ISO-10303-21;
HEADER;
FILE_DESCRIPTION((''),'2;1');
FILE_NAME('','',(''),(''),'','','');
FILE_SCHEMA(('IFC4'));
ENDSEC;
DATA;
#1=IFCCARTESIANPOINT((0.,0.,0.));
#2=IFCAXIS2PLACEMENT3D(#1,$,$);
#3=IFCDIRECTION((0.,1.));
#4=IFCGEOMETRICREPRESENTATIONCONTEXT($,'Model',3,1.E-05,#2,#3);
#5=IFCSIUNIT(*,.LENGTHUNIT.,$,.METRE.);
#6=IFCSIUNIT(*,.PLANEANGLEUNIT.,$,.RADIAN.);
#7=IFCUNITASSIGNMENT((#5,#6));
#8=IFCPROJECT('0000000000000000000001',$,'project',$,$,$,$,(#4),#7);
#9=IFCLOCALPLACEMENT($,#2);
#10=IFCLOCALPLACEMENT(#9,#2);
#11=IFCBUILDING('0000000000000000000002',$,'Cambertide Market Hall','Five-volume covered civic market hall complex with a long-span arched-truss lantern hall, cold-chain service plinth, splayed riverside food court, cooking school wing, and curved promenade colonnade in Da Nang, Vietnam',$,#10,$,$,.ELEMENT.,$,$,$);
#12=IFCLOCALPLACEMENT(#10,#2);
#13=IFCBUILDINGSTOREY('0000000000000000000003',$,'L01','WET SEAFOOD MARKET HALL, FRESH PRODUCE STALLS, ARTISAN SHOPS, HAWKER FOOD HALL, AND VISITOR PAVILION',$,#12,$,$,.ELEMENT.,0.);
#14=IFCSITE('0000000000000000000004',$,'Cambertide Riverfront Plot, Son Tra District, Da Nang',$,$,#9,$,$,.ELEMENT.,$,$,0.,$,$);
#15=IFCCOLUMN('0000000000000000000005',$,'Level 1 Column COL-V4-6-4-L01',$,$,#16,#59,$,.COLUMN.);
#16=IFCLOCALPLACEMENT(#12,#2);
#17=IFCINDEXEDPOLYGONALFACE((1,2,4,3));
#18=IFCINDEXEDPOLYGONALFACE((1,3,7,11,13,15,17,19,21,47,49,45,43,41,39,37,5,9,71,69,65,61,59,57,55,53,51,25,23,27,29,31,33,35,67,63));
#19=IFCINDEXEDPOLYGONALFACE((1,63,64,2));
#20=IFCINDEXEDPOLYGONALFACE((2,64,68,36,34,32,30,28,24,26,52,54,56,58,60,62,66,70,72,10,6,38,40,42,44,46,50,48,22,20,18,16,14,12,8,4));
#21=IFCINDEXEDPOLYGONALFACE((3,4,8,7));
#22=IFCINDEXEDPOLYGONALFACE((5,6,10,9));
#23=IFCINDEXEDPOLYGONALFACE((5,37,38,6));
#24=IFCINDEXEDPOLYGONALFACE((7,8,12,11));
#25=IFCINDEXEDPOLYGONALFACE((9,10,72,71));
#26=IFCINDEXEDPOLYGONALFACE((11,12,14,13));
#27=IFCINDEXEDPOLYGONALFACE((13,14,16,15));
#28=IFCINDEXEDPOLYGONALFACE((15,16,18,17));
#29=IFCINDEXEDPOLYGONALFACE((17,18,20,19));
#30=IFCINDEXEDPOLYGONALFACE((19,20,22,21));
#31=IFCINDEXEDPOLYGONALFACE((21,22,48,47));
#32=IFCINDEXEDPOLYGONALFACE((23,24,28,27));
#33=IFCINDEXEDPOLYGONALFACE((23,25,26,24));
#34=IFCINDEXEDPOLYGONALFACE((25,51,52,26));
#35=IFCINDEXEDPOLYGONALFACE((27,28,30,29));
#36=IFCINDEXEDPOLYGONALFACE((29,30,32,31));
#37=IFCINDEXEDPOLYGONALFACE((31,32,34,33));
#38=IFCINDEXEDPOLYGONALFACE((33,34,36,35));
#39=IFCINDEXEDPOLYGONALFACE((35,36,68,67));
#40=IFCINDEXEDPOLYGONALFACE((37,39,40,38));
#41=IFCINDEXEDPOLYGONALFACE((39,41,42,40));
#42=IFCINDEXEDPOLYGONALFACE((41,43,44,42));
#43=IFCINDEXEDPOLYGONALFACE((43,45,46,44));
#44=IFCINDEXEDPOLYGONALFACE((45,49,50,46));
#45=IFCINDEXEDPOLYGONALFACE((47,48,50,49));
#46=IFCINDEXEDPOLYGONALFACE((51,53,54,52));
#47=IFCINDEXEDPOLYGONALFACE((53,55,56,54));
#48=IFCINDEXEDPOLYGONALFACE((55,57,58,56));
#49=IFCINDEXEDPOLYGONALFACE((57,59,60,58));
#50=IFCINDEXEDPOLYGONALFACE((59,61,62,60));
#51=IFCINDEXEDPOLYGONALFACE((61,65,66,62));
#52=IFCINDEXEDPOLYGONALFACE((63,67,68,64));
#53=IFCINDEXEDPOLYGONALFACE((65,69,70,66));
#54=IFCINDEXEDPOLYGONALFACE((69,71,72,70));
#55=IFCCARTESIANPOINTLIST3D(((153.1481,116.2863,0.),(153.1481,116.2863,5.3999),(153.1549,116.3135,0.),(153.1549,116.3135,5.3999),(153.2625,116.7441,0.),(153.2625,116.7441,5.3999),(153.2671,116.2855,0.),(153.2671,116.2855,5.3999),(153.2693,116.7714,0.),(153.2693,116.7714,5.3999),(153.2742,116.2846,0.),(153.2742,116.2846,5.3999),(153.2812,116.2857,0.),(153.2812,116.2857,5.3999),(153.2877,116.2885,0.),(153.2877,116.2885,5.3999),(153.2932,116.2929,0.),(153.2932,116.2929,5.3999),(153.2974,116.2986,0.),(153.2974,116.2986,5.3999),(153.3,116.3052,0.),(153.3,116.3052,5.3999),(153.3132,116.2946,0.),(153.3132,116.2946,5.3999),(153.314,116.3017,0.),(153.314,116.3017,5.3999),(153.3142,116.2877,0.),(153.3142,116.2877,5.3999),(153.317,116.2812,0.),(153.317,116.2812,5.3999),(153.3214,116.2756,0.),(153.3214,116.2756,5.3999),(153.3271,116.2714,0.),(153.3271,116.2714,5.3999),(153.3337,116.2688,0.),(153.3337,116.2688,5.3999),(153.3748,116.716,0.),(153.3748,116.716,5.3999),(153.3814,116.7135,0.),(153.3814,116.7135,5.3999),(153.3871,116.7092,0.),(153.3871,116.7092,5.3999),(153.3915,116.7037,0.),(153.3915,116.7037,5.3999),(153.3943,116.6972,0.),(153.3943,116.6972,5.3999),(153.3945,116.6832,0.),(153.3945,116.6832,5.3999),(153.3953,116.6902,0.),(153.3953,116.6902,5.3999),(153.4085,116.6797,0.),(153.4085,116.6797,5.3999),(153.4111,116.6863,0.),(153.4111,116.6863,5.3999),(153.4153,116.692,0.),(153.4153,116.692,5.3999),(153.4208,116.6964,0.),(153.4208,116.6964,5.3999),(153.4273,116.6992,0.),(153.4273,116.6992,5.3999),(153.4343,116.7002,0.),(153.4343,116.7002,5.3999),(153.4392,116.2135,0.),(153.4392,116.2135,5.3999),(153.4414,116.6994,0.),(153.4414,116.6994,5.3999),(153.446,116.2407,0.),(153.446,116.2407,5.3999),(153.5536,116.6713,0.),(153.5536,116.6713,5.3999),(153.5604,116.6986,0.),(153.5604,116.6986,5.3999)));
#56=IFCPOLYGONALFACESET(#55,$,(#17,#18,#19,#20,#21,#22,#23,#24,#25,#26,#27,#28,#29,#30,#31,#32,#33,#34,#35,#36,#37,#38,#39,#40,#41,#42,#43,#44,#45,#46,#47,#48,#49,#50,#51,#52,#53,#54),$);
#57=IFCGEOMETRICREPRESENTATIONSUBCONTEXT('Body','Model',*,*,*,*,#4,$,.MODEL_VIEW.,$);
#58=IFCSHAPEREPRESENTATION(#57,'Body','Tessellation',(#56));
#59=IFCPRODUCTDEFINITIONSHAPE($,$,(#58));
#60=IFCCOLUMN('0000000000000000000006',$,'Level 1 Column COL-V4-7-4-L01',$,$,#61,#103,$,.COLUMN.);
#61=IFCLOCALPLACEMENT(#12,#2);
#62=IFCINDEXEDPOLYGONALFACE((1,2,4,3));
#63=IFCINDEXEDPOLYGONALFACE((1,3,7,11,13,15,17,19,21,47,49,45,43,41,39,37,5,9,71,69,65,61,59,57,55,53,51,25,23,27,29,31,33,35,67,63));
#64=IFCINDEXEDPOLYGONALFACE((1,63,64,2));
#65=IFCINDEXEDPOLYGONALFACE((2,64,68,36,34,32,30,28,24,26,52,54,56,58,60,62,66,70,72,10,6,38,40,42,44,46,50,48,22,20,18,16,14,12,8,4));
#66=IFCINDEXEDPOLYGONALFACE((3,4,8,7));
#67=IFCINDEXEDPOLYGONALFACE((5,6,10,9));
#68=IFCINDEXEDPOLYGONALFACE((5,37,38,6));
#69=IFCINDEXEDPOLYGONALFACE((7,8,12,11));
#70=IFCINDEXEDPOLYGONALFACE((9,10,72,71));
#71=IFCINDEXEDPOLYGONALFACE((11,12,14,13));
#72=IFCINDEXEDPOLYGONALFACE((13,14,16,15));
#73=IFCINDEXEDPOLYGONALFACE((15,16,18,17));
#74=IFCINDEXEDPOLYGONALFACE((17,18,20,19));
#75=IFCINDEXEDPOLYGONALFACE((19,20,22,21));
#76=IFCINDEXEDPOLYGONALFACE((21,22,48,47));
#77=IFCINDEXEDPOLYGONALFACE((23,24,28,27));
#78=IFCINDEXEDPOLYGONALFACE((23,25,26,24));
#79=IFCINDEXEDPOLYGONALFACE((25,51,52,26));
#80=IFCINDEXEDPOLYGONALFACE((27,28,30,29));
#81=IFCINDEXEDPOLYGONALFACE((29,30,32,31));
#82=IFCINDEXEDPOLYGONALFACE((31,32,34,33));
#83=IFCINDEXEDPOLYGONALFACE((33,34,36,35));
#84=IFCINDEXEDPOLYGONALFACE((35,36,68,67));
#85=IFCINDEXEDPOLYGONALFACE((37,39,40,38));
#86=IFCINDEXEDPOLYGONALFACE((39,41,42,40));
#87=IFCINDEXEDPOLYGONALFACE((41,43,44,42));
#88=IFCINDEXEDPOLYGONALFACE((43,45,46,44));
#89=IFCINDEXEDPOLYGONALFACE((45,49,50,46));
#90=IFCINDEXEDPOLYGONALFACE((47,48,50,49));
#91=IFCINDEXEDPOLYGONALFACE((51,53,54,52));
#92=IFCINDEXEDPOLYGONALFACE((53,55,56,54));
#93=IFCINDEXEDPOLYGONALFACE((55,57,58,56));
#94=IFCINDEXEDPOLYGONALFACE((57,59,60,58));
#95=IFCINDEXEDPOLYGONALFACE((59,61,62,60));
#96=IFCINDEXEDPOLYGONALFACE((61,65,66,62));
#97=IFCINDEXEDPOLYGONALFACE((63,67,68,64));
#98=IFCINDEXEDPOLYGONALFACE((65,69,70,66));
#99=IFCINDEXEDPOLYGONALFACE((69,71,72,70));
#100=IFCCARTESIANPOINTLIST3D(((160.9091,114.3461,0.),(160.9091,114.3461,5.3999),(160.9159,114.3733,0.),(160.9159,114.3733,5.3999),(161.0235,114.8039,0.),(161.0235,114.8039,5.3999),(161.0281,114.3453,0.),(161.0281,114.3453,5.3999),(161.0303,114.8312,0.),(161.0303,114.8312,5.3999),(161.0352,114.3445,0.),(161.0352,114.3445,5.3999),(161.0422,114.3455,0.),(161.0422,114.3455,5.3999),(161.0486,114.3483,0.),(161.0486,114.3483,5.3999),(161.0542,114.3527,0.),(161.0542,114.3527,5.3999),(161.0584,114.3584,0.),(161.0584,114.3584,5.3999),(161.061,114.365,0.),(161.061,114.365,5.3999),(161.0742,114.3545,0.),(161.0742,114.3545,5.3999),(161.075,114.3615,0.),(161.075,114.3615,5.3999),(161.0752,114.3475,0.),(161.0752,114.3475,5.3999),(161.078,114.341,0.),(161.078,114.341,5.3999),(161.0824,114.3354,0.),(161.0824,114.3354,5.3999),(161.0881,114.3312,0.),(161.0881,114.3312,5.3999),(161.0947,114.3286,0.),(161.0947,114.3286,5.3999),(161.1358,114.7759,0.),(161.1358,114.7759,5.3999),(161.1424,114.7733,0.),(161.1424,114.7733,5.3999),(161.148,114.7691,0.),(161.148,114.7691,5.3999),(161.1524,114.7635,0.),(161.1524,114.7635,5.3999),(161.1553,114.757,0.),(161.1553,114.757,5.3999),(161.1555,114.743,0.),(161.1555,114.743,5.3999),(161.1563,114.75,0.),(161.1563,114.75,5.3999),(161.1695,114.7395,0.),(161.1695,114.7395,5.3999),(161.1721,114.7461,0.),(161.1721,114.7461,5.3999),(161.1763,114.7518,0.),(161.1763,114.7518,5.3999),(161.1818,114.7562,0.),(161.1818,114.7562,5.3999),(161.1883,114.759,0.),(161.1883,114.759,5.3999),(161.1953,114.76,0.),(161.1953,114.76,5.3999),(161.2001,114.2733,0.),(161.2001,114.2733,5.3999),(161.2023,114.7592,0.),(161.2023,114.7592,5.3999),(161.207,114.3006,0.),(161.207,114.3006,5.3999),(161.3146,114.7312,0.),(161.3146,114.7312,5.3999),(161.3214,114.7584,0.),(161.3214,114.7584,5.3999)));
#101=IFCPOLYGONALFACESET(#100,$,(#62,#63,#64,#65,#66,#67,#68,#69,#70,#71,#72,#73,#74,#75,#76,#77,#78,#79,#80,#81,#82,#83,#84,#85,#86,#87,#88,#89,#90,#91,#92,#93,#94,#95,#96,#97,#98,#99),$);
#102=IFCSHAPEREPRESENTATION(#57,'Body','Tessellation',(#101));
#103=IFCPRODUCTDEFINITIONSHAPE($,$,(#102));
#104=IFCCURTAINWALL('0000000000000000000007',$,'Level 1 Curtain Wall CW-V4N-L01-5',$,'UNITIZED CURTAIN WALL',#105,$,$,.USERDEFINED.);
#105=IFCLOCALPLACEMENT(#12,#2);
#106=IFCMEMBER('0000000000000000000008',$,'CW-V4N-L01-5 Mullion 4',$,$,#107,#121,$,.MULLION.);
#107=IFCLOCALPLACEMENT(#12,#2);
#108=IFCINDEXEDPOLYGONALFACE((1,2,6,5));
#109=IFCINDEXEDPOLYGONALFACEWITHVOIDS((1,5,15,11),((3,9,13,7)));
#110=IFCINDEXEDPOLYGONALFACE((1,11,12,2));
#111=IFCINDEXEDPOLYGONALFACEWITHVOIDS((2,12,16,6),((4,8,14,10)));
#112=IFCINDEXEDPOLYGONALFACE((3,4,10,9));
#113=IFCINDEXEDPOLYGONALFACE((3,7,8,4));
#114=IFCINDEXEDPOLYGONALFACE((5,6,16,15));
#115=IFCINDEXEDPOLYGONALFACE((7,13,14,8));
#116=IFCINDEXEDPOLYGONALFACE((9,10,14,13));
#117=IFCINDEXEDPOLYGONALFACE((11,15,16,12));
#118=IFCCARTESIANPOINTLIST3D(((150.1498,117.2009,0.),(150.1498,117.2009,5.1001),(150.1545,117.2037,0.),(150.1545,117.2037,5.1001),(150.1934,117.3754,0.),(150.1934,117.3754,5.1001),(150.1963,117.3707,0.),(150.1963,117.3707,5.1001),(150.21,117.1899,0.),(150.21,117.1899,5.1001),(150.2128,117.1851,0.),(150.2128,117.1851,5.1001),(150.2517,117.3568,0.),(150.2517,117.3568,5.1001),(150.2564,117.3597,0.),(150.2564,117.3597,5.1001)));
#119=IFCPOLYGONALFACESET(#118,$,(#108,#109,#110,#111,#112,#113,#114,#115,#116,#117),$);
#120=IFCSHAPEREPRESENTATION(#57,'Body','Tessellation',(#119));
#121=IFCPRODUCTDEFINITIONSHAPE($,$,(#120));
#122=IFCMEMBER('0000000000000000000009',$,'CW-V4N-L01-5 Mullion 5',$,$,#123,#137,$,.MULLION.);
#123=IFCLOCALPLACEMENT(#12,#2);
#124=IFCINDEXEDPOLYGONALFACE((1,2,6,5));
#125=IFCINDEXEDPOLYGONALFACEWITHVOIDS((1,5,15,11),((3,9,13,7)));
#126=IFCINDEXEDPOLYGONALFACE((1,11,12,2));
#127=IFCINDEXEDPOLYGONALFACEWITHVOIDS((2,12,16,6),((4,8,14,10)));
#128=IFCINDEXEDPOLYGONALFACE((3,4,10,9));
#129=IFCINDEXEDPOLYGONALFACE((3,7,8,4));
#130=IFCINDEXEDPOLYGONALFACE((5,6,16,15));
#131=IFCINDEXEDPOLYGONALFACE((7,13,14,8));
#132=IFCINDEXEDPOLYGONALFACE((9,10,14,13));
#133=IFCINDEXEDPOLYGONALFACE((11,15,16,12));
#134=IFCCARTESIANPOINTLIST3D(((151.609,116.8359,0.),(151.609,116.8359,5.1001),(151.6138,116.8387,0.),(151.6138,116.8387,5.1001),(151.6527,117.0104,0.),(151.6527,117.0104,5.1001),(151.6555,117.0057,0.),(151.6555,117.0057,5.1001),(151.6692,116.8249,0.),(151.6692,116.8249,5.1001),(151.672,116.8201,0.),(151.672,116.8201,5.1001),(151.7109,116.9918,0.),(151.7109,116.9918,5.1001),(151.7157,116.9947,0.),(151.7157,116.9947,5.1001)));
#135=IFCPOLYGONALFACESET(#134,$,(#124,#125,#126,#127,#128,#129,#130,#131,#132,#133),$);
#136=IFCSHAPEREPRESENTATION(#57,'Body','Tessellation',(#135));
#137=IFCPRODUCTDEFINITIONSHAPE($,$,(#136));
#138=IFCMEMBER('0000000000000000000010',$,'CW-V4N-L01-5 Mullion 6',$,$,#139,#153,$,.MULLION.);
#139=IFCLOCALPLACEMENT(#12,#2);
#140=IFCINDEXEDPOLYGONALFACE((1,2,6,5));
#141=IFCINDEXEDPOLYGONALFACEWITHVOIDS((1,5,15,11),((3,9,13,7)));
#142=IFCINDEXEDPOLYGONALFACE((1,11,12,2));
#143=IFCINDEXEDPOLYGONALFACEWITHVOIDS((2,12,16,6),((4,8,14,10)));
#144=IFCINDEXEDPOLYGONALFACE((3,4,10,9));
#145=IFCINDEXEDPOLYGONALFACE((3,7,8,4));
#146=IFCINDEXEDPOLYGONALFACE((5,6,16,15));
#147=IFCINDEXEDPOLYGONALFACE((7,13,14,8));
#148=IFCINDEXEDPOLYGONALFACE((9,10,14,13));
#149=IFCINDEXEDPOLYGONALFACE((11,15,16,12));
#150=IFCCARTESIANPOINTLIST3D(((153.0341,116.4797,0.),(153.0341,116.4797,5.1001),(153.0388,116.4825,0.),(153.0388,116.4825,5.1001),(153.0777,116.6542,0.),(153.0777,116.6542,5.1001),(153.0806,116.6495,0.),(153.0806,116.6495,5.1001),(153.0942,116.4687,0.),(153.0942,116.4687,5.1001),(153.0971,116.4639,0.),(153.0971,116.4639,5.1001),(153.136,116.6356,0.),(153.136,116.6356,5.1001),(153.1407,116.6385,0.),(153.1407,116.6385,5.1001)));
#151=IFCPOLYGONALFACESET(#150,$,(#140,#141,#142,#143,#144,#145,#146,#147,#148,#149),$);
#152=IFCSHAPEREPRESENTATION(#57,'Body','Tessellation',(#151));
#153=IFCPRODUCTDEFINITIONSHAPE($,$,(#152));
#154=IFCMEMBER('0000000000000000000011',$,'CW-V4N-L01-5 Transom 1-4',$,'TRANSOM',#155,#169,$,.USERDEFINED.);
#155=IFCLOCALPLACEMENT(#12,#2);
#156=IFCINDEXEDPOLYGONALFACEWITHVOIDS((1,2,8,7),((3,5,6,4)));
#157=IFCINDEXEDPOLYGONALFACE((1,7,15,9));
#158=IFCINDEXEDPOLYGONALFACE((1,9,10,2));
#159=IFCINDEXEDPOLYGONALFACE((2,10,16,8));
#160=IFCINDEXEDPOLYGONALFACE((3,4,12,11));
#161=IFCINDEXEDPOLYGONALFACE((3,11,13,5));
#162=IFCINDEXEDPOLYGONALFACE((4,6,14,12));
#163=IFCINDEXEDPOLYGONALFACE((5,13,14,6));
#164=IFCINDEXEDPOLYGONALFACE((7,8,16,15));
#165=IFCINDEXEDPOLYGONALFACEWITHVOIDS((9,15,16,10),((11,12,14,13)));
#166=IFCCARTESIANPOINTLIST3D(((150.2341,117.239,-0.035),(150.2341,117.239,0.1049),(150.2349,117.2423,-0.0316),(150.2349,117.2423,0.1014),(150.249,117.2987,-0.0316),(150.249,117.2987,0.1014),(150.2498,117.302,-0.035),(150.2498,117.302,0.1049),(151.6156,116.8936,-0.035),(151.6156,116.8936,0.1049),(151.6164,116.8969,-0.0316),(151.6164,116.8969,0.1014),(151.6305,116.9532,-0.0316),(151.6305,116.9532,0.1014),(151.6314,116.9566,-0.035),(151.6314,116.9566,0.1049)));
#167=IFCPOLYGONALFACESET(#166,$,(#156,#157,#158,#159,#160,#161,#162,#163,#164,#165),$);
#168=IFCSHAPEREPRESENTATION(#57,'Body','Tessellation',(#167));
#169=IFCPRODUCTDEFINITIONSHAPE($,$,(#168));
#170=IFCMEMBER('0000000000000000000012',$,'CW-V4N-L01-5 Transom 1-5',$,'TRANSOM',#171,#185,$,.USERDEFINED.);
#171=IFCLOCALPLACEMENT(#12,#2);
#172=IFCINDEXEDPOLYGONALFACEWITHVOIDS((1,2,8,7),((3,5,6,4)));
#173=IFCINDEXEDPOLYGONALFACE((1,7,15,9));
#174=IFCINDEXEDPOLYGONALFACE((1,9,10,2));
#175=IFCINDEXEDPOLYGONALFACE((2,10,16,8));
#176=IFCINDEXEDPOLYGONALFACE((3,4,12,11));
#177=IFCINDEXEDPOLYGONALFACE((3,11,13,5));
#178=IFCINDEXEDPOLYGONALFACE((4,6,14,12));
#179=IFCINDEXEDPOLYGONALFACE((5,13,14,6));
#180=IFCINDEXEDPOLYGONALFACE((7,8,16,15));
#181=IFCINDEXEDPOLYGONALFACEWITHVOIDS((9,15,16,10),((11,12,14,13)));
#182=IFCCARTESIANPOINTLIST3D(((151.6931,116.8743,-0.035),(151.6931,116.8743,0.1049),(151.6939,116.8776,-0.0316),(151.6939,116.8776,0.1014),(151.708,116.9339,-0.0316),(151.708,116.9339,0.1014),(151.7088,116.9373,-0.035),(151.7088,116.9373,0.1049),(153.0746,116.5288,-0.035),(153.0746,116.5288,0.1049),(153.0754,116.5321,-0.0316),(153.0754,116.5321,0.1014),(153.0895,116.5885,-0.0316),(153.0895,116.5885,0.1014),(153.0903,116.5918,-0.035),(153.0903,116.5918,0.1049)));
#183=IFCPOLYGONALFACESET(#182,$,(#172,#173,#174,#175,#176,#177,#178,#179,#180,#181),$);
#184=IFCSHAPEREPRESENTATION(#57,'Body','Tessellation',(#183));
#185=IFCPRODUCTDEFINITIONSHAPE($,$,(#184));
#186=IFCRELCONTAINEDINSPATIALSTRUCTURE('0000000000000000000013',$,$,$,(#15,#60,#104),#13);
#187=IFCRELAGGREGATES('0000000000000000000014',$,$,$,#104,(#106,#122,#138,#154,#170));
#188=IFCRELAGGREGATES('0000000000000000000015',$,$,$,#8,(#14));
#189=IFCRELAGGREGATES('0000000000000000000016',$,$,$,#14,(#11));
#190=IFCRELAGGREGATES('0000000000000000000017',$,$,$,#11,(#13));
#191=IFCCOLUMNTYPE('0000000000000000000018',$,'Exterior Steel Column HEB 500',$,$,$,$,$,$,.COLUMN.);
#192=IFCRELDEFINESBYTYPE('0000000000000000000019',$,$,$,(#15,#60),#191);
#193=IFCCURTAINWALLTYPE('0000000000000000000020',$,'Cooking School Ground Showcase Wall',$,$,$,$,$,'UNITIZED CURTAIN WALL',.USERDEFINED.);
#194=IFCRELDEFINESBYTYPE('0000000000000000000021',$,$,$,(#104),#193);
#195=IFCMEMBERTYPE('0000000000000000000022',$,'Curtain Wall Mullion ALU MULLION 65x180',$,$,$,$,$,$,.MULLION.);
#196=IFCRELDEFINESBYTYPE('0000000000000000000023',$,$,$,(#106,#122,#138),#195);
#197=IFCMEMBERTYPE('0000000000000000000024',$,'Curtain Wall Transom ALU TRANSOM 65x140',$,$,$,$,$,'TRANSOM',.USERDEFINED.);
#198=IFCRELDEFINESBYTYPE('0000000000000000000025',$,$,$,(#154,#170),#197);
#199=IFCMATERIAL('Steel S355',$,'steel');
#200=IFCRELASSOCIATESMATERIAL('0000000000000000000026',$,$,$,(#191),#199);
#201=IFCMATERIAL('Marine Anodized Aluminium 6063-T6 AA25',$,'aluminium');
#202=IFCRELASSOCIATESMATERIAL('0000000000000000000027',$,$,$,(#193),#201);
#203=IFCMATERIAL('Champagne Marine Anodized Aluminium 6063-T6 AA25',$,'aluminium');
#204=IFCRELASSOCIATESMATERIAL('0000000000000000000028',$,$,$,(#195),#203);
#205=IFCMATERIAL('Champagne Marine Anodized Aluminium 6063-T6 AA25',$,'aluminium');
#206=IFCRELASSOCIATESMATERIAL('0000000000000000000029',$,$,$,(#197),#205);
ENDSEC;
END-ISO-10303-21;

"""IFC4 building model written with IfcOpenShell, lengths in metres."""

from ifc_helpers import new_model, si_unit, direction, frame, origin, origin_2d, place, context, subcontext, project, spatial, hollow_rectangle, i_section, extrude, material, material_profile, profile_set, type_object, element, aggregate, save


model = new_model("IFC4")

# Units and contexts
model_context = context("Model", 3, precision=1e-05, world=origin(), true_north=direction((0.0, 1.0)))
body_context = subcontext(model_context, "Body", "Model", "MODEL_VIEW")
ifc_project = project(units=[si_unit("LENGTHUNIT", "METRE"), si_unit("PLANEANGLEUNIT", "RADIAN")], contexts=[model_context])

# Site, building, storey
site_placement = place(None, origin())
site = spatial("IfcSite", under=ifc_project, at=site_placement, Name="Cambertide Riverfront Plot, Son Tra District, Da Nang", CompositionType="ELEMENT", RefElevation=0.0)
building_placement = place(site_placement, origin())
building = spatial("IfcBuilding", under=site, at=building_placement, Name="Cambertide Market Hall", Description="Five-volume covered civic market hall complex with a long-span arched-truss lantern hall, cold-chain service plinth, splayed riverside food court, cooking school wing, and curved promenade colonnade in Da Nang, Vietnam", CompositionType="ELEMENT")
storey_placement = place(building_placement, origin())
storey = spatial("IfcBuildingStorey", under=building, at=storey_placement, Name="L01", Description="WET SEAFOOD MARKET HALL, FRESH PRODUCE STALLS, ARTISAN SHOPS, HAWKER FOOD HALL, AND VISITOR PAVILION", CompositionType="ELEMENT", Elevation=0.0)

# Columns
ifc_material_1 = material(Name="Steel S355", Category="steel")
ifc_material_profile_1 = material_profile(ifc_material_1, i_section(OverallWidth=0.3, OverallDepth=0.5, WebThickness=0.0144, FlangeThickness=0.0281, FilletRadius=0.0271, at=origin_2d()), Name="HEB 500")
ifc_profile_set_1 = profile_set([ifc_material_profile_1], Name="Steel S355")
column_type = type_object("IfcColumnType", Name="Exterior Steel Column HEB 500", PredefinedType="COLUMN", material=ifc_profile_set_1)
for number, where, z_axis, x_axis, name in (
    (1, (153.3542, 116.4924, 0.0), (0.0, 0.0, 1.0), (0.970143, -0.242536, 0.0), "Level 1 Column COL-V4-6-4-L01"),
    (2, (161.1152, 114.5522, 0.0), (0.0, 0.0, 1.0), (0.970143, -0.242536, 0.0), "Level 1 Column COL-V4-7-4-L01"),
):
    element("IfcColumn", number, at=place(storey_placement, frame(where, z_axis=z_axis, x_axis=x_axis)), inside=storey, type_object=column_type, Name=name, PredefinedType="COLUMN", context=body_context, shape_type="SweptSolid", body=[
        extrude(i_section(OverallWidth=0.3, OverallDepth=0.5, WebThickness=0.0144, FlangeThickness=0.0281, FilletRadius=0.0271, at=origin_2d()), origin(), (0.0, 0.0, 1.0), 5.3999),
    ])

# Curtain wall, members
ifc_material_2 = material(Name="Marine Anodized Aluminium 6063-T6 AA25", Category="aluminium")
curtain_wall_type = type_object("IfcCurtainWallType", Name="Cooking School Ground Showcase Wall", ElementType="UNITIZED CURTAIN WALL", PredefinedType="USERDEFINED", material=ifc_material_2)
curtain_wall_placement = place(storey_placement, origin())
curtain_wall = element("IfcCurtainWall", 3, at=curtain_wall_placement, inside=storey, type_object=curtain_wall_type, Name="Level 1 Curtain Wall CW-V4N-L01-5", ObjectType="UNITIZED CURTAIN WALL", PredefinedType="USERDEFINED")
ifc_material_3 = material(Name="Champagne Marine Anodized Aluminium 6063-T6 AA25", Category="aluminium")
ifc_material_profile_2 = material_profile(ifc_material_3, hollow_rectangle(XDim=0.0649, YDim=0.1799, WallThickness=0.0039, at=origin_2d()), Name="ALU MULLION 65x180")
ifc_profile_set_2 = profile_set([ifc_material_profile_2], Name="Champagne Marine Anodized Aluminium 6063-T6 AA25")
member_type_1 = type_object("IfcMemberType", Name="Curtain Wall Mullion ALU MULLION 65x180", PredefinedType="MULLION", material=ifc_profile_set_2)
member_1_placement = place(storey_placement, frame((150.2031, 117.2803, 0.0), z_axis=(0.0, 0.0, 1.0), x_axis=(0.970143, -0.242536, 0.0)))
member_1 = element("IfcMember", 4, at=member_1_placement, type_object=member_type_1, Name="CW-V4N-L01-5 Mullion 4", PredefinedType="MULLION", context=body_context, shape_type="SweptSolid", body=[
    extrude(hollow_rectangle(XDim=0.0649, YDim=0.1799, WallThickness=0.0039, at=origin_2d()), origin(), (0.0, 0.0, 1.0), 5.1001),
])
member_2_placement = place(storey_placement, frame((151.6624, 116.9153, 0.0), z_axis=(0.0, 0.0, 1.0), x_axis=(0.970143, -0.242536, 0.0)))
member_2 = element("IfcMember", 5, at=member_2_placement, type_object=member_type_1, Name="CW-V4N-L01-5 Mullion 5", PredefinedType="MULLION", context=body_context, shape_type="SweptSolid", body=[
    extrude(hollow_rectangle(XDim=0.0649, YDim=0.1799, WallThickness=0.0039, at=origin_2d()), origin(), (0.0, 0.0, 1.0), 5.1001),
])
member_3_placement = place(storey_placement, frame((153.0874, 116.5591, 0.0), z_axis=(0.0, 0.0, 1.0), x_axis=(0.970143, -0.242536, 0.0)))
member_3 = element("IfcMember", 6, at=member_3_placement, type_object=member_type_1, Name="CW-V4N-L01-5 Mullion 6", PredefinedType="MULLION", context=body_context, shape_type="SweptSolid", body=[
    extrude(hollow_rectangle(XDim=0.0649, YDim=0.1799, WallThickness=0.0039, at=origin_2d()), origin(), (0.0, 0.0, 1.0), 5.1001),
])
ifc_material_4 = material(Name="Champagne Marine Anodized Aluminium 6063-T6 AA25", Category="aluminium")
ifc_material_profile_3 = material_profile(ifc_material_4, hollow_rectangle(XDim=0.0649, YDim=0.1399, WallThickness=0.0034, at=origin_2d()), Name="ALU TRANSOM 65x140")
ifc_profile_set_3 = profile_set([ifc_material_profile_3], Name="Champagne Marine Anodized Aluminium 6063-T6 AA25")
member_type_2 = type_object("IfcMemberType", Name="Curtain Wall Transom ALU TRANSOM 65x140", ElementType="TRANSOM", PredefinedType="USERDEFINED", material=ifc_profile_set_3)
member_4_placement = place(storey_placement, frame((150.2419, 117.2705, 0.0349), z_axis=(0.970132, -0.242576, 0.0), x_axis=(0.242576, 0.970132, 0.0)))
member_4 = element("IfcMember", 7, at=member_4_placement, type_object=member_type_2, Name="CW-V4N-L01-5 Transom 1-4", ObjectType="TRANSOM", PredefinedType="USERDEFINED", context=body_context, shape_type="SweptSolid", body=[
    extrude(hollow_rectangle(XDim=0.0649, YDim=0.1399, WallThickness=0.0034, at=origin_2d()), origin(), (0.0, 0.0, 1.0), 1.4241),
])
member_5_placement = place(storey_placement, frame((151.7009, 116.9058, 0.0349), z_axis=(0.970132, -0.242576, 0.0), x_axis=(0.242576, 0.970132, 0.0)))
member_5 = element("IfcMember", 8, at=member_5_placement, type_object=member_type_2, Name="CW-V4N-L01-5 Transom 1-5", ObjectType="TRANSOM", PredefinedType="USERDEFINED", context=body_context, shape_type="SweptSolid", body=[
    extrude(hollow_rectangle(XDim=0.0649, YDim=0.1399, WallThickness=0.0034, at=origin_2d()), origin(), (0.0, 0.0, 1.0), 1.4241),
])

aggregate(curtain_wall, [member_1, member_2, member_3, member_4, member_5])

save(model, "model.ifc")
